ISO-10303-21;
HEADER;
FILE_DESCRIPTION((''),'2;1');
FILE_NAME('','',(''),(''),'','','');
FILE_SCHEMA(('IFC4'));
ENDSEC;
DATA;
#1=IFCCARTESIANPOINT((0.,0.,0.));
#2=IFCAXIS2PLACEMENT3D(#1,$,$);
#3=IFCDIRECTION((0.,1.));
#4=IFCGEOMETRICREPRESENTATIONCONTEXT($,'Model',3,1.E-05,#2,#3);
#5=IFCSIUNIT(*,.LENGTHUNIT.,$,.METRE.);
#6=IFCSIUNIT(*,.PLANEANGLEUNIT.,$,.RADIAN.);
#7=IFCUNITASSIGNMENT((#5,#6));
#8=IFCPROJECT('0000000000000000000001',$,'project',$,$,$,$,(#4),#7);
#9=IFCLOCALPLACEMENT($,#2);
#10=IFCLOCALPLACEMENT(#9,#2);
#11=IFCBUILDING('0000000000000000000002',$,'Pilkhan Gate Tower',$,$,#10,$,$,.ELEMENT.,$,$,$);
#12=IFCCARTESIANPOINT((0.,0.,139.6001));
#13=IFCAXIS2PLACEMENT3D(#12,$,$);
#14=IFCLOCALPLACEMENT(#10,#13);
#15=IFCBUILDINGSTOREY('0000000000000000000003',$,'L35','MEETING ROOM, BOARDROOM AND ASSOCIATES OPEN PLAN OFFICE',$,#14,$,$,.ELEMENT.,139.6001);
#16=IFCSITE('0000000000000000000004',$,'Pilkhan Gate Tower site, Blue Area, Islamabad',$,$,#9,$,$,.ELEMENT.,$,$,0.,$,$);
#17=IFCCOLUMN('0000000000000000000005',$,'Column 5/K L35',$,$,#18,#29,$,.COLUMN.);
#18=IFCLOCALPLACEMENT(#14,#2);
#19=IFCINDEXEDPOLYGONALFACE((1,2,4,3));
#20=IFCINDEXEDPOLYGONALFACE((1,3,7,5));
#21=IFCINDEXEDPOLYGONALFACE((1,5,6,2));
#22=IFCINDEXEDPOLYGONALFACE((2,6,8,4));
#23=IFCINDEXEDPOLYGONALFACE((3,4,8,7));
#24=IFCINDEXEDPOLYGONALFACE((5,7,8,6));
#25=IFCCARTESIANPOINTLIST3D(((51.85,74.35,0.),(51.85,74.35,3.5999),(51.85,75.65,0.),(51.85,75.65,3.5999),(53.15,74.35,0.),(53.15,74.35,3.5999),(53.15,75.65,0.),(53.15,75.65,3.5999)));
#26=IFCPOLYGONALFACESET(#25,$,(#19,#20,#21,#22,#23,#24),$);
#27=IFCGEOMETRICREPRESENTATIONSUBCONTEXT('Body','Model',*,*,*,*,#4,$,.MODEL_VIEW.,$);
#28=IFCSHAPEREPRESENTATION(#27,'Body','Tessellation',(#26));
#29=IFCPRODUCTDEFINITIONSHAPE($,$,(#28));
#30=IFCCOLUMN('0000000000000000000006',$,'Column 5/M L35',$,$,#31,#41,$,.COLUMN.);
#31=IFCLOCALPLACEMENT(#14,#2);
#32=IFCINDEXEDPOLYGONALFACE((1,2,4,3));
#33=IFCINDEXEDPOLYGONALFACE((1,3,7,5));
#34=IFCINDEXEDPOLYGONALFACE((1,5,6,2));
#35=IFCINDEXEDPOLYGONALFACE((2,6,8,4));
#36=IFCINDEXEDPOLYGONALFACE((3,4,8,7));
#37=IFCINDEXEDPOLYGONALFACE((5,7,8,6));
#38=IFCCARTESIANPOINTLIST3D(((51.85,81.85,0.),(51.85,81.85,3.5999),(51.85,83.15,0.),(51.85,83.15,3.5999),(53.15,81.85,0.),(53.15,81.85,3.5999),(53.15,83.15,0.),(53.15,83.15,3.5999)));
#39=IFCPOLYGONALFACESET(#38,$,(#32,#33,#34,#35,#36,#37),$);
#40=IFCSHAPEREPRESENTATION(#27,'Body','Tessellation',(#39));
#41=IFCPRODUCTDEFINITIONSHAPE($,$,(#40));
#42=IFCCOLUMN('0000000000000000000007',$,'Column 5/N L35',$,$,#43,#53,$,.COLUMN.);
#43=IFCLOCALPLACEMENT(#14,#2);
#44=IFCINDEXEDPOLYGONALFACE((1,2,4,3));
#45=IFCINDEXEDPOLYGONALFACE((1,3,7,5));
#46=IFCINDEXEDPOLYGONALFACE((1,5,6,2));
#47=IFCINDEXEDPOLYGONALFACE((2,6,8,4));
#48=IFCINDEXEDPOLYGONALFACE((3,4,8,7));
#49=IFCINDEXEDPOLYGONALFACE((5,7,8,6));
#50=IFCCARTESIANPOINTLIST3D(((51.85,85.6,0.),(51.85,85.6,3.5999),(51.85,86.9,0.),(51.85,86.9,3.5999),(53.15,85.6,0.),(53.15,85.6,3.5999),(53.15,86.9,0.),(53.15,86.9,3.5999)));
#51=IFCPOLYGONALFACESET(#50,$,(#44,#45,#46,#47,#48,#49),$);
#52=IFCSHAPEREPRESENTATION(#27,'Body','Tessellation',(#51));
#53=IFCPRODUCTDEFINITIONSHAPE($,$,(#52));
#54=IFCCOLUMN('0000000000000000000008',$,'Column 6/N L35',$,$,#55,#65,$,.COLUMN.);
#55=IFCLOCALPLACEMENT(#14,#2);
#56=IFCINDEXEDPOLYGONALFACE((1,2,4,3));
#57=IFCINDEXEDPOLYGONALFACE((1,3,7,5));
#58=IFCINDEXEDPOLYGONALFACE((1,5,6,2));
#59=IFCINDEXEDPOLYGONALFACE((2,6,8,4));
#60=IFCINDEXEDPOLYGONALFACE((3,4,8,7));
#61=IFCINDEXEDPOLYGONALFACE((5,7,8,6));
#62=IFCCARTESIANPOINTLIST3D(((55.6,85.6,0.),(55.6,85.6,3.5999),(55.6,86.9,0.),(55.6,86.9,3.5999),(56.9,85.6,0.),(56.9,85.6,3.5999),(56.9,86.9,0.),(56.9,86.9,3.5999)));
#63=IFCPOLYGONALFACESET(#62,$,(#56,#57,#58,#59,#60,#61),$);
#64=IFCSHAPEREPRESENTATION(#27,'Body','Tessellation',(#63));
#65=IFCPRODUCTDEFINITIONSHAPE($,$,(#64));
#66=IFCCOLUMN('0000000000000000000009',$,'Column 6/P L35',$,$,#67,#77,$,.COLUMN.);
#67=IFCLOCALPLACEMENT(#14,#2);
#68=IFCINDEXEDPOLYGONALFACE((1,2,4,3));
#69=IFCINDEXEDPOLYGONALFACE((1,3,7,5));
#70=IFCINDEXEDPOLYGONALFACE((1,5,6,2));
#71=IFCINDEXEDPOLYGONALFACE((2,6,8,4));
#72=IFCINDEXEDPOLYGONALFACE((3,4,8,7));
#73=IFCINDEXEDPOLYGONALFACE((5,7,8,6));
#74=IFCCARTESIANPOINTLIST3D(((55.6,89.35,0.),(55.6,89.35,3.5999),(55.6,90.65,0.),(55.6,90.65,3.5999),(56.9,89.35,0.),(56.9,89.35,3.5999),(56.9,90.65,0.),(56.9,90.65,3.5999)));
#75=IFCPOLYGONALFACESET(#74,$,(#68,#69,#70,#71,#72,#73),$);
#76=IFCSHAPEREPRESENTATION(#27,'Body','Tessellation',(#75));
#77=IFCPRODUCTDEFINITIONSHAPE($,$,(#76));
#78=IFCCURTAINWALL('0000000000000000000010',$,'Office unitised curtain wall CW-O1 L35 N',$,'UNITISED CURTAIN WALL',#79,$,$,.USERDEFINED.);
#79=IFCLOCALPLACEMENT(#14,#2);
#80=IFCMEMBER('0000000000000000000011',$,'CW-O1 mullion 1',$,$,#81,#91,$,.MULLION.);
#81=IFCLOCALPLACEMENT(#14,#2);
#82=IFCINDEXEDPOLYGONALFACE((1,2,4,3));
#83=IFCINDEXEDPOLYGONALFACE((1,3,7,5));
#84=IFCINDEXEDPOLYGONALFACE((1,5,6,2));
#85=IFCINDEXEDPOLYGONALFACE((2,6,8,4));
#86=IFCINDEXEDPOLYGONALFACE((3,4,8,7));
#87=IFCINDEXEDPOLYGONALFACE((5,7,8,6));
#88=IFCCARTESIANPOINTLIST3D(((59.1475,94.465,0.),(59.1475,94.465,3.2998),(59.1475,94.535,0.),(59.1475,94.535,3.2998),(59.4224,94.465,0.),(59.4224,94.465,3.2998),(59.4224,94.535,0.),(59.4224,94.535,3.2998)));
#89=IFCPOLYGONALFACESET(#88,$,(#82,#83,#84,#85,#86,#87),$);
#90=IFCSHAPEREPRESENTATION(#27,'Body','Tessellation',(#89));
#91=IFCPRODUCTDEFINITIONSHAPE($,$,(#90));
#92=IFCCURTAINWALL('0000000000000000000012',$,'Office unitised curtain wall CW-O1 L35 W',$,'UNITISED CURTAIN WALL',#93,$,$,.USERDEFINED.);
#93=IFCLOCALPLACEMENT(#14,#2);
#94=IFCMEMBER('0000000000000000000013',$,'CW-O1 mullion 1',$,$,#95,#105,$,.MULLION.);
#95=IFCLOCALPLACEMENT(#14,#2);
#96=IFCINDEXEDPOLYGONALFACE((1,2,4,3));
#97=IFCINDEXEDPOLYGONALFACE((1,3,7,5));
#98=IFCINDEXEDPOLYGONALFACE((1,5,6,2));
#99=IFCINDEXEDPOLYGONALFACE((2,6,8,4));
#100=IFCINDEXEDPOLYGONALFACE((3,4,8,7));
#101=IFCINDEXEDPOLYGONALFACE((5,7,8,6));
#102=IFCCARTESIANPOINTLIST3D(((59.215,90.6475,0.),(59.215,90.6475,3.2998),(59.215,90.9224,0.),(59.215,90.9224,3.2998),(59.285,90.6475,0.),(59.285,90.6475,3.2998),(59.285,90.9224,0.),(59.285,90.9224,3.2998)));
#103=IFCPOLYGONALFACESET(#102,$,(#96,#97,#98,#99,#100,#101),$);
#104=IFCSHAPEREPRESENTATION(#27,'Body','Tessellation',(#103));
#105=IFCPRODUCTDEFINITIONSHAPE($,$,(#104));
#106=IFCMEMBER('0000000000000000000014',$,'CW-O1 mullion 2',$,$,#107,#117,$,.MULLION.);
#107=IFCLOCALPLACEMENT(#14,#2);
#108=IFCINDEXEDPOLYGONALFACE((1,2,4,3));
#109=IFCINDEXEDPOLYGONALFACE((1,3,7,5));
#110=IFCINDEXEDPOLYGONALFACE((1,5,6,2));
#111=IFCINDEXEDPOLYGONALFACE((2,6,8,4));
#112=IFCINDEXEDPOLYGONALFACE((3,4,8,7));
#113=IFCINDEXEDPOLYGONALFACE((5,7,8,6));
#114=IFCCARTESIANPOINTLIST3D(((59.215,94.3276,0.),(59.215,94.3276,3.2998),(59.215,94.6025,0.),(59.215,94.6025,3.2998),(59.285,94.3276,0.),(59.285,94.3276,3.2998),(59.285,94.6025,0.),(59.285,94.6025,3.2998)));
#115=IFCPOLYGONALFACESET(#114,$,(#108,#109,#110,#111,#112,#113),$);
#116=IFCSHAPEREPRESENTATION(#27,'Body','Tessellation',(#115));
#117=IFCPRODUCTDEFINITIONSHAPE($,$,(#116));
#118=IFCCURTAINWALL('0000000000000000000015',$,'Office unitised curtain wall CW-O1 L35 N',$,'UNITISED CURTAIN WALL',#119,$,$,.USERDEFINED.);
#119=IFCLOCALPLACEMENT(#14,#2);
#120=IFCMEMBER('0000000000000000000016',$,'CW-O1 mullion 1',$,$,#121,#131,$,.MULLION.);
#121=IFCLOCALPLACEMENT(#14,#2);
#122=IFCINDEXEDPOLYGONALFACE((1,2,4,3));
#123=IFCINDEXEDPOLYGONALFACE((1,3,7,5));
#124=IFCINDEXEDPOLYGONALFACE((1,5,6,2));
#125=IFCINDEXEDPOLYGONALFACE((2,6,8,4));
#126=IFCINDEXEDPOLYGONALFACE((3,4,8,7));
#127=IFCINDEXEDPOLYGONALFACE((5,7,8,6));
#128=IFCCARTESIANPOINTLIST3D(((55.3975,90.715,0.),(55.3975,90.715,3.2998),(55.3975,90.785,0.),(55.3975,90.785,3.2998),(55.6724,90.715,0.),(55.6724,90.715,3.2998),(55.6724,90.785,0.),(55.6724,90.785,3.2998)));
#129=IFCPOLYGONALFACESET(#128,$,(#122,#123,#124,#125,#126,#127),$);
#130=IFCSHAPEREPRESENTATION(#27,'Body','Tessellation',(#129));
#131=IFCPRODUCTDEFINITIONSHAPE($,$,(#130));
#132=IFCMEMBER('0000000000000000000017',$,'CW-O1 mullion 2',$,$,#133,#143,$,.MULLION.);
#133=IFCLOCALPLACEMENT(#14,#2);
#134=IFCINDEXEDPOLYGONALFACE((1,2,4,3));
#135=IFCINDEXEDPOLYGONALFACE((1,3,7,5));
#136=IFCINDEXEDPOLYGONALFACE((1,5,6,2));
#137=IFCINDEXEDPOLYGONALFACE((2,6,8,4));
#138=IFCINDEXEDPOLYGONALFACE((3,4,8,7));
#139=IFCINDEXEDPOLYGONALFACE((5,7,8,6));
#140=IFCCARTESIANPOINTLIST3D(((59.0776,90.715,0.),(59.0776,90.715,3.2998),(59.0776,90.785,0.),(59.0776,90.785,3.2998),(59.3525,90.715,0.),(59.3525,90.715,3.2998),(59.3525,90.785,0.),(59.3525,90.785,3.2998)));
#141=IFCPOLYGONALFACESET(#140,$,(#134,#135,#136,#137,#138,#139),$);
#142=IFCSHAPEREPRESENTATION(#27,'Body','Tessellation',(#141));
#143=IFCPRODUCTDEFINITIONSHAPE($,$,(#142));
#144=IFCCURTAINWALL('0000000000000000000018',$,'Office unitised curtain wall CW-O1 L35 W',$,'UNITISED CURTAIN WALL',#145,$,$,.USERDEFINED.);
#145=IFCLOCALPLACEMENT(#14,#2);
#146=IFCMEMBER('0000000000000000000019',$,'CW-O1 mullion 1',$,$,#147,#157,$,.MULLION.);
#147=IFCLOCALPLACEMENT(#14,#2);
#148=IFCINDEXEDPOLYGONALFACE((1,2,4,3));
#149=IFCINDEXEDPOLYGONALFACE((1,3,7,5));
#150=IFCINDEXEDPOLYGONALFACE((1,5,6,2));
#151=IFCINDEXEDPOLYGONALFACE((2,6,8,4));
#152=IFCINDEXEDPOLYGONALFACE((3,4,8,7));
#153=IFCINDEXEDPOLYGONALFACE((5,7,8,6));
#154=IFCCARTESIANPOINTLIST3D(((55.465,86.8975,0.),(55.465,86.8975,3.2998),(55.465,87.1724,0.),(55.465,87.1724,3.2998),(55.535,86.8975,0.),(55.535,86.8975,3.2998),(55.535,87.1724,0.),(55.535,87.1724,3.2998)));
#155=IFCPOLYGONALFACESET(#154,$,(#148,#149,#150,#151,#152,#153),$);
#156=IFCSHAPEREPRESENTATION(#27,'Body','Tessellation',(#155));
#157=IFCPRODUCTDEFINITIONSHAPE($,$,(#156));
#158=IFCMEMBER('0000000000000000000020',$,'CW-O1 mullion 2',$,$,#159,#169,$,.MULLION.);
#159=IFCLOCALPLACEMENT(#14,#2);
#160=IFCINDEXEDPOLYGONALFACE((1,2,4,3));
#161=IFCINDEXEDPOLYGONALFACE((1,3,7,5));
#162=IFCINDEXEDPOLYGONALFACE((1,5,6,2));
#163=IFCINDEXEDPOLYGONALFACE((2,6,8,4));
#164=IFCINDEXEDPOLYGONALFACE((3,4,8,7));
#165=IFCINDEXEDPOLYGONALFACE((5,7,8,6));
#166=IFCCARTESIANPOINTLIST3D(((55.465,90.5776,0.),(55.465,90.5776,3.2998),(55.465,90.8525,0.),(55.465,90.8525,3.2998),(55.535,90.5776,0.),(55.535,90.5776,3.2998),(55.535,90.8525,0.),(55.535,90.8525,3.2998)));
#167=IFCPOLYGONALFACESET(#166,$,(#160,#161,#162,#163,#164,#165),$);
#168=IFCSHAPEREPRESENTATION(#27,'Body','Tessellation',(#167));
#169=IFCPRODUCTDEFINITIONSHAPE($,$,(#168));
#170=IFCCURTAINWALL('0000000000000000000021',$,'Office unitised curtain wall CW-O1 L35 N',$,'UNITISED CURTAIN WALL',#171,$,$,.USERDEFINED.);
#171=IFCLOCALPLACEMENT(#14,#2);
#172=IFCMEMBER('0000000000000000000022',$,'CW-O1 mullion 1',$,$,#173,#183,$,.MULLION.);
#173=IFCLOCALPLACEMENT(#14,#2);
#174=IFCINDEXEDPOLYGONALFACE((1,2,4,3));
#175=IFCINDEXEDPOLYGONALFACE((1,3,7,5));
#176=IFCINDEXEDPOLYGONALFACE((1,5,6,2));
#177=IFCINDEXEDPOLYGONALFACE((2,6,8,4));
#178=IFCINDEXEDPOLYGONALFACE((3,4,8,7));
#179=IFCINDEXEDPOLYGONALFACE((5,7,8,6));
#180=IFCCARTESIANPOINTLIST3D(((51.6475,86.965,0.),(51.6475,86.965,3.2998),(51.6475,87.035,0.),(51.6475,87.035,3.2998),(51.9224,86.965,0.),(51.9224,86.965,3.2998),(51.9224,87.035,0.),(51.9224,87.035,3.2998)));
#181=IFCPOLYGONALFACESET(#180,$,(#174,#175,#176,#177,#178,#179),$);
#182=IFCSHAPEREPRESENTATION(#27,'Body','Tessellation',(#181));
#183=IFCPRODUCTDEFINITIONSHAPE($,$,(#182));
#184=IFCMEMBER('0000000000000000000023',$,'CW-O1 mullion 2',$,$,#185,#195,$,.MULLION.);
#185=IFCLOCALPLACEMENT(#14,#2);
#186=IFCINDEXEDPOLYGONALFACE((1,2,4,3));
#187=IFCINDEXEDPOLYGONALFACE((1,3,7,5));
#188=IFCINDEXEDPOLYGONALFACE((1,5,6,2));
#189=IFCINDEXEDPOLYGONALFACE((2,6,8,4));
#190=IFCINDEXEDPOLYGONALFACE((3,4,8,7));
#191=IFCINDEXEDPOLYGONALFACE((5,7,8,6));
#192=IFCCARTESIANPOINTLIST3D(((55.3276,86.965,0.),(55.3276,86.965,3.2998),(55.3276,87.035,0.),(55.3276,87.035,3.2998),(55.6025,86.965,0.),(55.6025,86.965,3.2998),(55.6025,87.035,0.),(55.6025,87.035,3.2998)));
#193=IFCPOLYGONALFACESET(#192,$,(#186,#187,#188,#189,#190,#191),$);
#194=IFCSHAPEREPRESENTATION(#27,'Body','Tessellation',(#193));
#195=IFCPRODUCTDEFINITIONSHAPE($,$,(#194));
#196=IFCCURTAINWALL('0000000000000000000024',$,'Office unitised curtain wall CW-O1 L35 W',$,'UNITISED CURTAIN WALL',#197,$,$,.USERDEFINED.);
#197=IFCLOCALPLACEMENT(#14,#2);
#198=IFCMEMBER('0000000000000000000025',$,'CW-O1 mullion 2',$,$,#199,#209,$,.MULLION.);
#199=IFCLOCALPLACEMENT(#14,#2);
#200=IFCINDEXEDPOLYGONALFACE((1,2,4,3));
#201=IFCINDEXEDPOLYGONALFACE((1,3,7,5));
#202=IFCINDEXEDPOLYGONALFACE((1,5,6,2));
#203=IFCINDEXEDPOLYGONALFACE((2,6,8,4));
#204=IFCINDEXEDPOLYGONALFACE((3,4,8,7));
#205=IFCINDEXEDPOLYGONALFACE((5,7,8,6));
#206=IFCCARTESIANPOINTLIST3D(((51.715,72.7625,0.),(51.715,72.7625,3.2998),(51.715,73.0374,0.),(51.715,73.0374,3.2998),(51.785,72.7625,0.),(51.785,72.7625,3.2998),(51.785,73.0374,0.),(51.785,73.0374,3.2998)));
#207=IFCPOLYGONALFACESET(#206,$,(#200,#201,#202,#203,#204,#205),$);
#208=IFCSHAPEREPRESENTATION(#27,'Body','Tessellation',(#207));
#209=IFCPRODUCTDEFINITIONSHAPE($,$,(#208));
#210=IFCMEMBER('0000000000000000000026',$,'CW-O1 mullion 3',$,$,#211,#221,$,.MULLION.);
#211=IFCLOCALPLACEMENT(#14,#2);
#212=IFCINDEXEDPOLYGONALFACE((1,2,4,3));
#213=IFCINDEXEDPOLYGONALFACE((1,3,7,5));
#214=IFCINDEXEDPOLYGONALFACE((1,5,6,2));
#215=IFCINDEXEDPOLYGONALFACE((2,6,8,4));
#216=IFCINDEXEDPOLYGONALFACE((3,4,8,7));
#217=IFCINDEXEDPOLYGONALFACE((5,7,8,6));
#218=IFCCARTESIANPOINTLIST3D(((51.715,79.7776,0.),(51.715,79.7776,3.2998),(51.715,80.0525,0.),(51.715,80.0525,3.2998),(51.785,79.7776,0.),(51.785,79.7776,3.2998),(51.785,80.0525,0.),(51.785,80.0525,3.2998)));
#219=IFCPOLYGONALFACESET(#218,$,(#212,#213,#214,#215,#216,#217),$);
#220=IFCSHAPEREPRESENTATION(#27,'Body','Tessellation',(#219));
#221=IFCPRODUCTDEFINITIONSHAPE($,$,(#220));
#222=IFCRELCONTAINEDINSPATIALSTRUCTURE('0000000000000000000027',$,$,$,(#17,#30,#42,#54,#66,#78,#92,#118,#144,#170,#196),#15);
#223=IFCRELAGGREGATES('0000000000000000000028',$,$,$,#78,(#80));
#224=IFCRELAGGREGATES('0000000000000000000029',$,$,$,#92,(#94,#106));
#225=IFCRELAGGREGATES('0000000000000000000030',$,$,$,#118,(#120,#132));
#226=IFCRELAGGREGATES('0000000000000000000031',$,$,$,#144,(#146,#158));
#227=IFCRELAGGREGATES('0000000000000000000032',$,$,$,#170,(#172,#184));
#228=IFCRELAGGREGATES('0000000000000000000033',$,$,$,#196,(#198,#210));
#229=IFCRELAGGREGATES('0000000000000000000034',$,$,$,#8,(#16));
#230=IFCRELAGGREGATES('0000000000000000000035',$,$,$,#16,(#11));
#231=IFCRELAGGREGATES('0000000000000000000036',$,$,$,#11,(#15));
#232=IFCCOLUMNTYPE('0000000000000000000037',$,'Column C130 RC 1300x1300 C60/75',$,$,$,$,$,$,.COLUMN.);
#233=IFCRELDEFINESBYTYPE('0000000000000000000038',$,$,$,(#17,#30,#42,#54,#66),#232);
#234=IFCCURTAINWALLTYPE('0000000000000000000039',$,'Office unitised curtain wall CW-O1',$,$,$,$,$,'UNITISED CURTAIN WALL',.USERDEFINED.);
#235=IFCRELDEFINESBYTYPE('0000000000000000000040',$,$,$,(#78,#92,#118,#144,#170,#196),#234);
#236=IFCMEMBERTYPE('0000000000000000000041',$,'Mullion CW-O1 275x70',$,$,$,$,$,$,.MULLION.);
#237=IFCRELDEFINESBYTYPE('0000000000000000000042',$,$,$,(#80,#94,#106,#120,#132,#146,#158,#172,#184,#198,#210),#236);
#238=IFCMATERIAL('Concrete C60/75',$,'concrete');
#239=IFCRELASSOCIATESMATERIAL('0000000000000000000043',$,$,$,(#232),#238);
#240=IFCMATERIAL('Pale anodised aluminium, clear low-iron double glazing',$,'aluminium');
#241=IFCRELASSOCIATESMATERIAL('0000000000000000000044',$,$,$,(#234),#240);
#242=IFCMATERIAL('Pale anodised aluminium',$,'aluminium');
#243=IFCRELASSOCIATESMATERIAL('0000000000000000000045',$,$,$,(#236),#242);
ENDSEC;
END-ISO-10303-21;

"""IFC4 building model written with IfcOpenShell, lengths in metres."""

from ifc_helpers import new_model, si_unit, direction, frame, origin, origin_2d, place, context, subcontext, project, spatial, rectangle, extrude, material, material_profile, profile_set, type_object, element, aggregate, save


model = new_model("IFC4")

# Units and contexts
model_context = context("Model", 3, precision=1e-05, world=origin(), true_north=direction((0.0, 1.0)))
body_context = subcontext(model_context, "Body", "Model", "MODEL_VIEW")
ifc_project = project(units=[si_unit("LENGTHUNIT", "METRE"), si_unit("PLANEANGLEUNIT", "RADIAN")], contexts=[model_context])

# Site, building, storey
site_placement = place(None, origin())
site = spatial("IfcSite", under=ifc_project, at=site_placement, Name="Pilkhan Gate Tower site, Blue Area, Islamabad", CompositionType="ELEMENT", RefElevation=0.0)
building_placement = place(site_placement, origin())
building = spatial("IfcBuilding", under=site, at=building_placement, Name="Pilkhan Gate Tower", CompositionType="ELEMENT")
storey_placement = place(building_placement, frame((0.0, 0.0, 139.6001)))
storey = spatial("IfcBuildingStorey", under=building, at=storey_placement, Name="L35", Description="MEETING ROOM, BOARDROOM AND ASSOCIATES OPEN PLAN OFFICE", CompositionType="ELEMENT", Elevation=139.6001)

# Columns
ifc_material_1 = material(Name="Concrete C60/75", Category="concrete")
ifc_material_profile_1 = material_profile(ifc_material_1, rectangle(XDim=1.3, YDim=1.3, at=origin_2d()), Name="RC 1300x1300")
ifc_profile_set_1 = profile_set([ifc_material_profile_1], Name="Concrete C60/75")
column_type = type_object("IfcColumnType", Name="Column C130 RC 1300x1300 C60/75", PredefinedType="COLUMN", material=ifc_profile_set_1)
for number, where, z_axis, x_axis, name in (
    (1, (52.5, 75.0, 0.0), (0.0, 0.0, 1.0), (1.0, 0.0, 0.0), "Column 5/K L35"),
    (2, (52.5, 82.5, 0.0), (0.0, 0.0, 1.0), (1.0, 0.0, 0.0), "Column 5/M L35"),
    (3, (52.5, 86.25, 0.0), (0.0, 0.0, 1.0), (1.0, 0.0, 0.0), "Column 5/N L35"),
    (4, (56.25, 86.25, 0.0), (0.0, 0.0, 1.0), (1.0, 0.0, 0.0), "Column 6/N L35"),
    (5, (56.25, 90.0, 0.0), (0.0, 0.0, 1.0), (1.0, 0.0, 0.0), "Column 6/P L35"),
):
    element("IfcColumn", number, at=place(storey_placement, frame(where, z_axis=z_axis, x_axis=x_axis)), inside=storey, type_object=column_type, Name=name, PredefinedType="COLUMN", context=body_context, shape_type="SweptSolid", body=[
        extrude(rectangle(XDim=1.3, YDim=1.3, at=origin_2d()), origin(), (0.0, 0.0, 1.0), 3.5999),
    ])

# Curtain wall, member
ifc_material_2 = material(Name="Pale anodised aluminium, clear low-iron double glazing", Category="aluminium")
curtain_wall_type = type_object("IfcCurtainWallType", Name="Office unitised curtain wall CW-O1", ElementType="UNITISED CURTAIN WALL", PredefinedType="USERDEFINED", material=ifc_material_2)
curtain_wall_1_placement = place(storey_placement, origin())
curtain_wall_1 = element("IfcCurtainWall", 6, at=curtain_wall_1_placement, inside=storey, type_object=curtain_wall_type, Name="Office unitised curtain wall CW-O1 L35 N", ObjectType="UNITISED CURTAIN WALL", PredefinedType="USERDEFINED")
ifc_material_3 = material(Name="Pale anodised aluminium", Category="aluminium")
ifc_material_profile_2 = material_profile(ifc_material_3, rectangle(XDim=0.0701, YDim=0.2749, at=origin_2d()), Name="Mullion 275x70")
ifc_profile_set_2 = profile_set([ifc_material_profile_2], Name="Pale anodised aluminium")
member_type_1 = type_object("IfcMemberType", Name="Mullion CW-O1 275x70", PredefinedType="MULLION", material=ifc_profile_set_2)
member_1_placement = place(storey_placement, frame((59.2849, 94.5, 0.0), z_axis=(0.0, 0.0, 1.0), x_axis=(0.0, 1.0, 0.0)))
member_1 = element("IfcMember", 7, at=member_1_placement, type_object=member_type_1, Name="CW-O1 mullion 1", PredefinedType="MULLION", context=body_context, shape_type="SweptSolid", body=[
    extrude(rectangle(XDim=0.0701, YDim=0.2749, at=origin_2d()), origin(), (0.0, 0.0, 1.0), 3.2998),
])

# Curtain walls, members
curtain_wall_2_placement = place(storey_placement, origin())
curtain_wall_2 = element("IfcCurtainWall", 8, at=curtain_wall_2_placement, inside=storey, type_object=curtain_wall_type, Name="Office unitised curtain wall CW-O1 L35 W", ObjectType="UNITISED CURTAIN WALL", PredefinedType="USERDEFINED")
member_2_placement = place(storey_placement, frame((59.25, 90.7849, 0.0), z_axis=(0.0, 0.0, 1.0), x_axis=(-1.0, 0.0, 0.0)))
member_2 = element("IfcMember", 9, at=member_2_placement, type_object=member_type_1, Name="CW-O1 mullion 1", PredefinedType="MULLION", context=body_context, shape_type="SweptSolid", body=[
    extrude(rectangle(XDim=0.0701, YDim=0.2749, at=origin_2d()), origin(), (0.0, 0.0, 1.0), 3.2998),
])
member_3_placement = place(storey_placement, frame((59.25, 94.4651, 0.0), z_axis=(0.0, 0.0, 1.0), x_axis=(-1.0, 0.0, 0.0)))
member_3 = element("IfcMember", 10, at=member_3_placement, type_object=member_type_1, Name="CW-O1 mullion 2", PredefinedType="MULLION", context=body_context, shape_type="SweptSolid", body=[
    extrude(rectangle(XDim=0.0701, YDim=0.2749, at=origin_2d()), origin(), (0.0, 0.0, 1.0), 3.2998),
])
curtain_wall_3_placement = place(storey_placement, origin())
curtain_wall_3 = element("IfcCurtainWall", 11, at=curtain_wall_3_placement, inside=storey, type_object=curtain_wall_type, Name="Office unitised curtain wall CW-O1 L35 N", ObjectType="UNITISED CURTAIN WALL", PredefinedType="USERDEFINED")
member_4_placement = place(storey_placement, frame((55.5349, 90.75, 0.0), z_axis=(0.0, 0.0, 1.0), x_axis=(0.0, 1.0, 0.0)))
member_4 = element("IfcMember", 12, at=member_4_placement, type_object=member_type_1, Name="CW-O1 mullion 1", PredefinedType="MULLION", context=body_context, shape_type="SweptSolid", body=[
    extrude(rectangle(XDim=0.0701, YDim=0.2749, at=origin_2d()), origin(), (0.0, 0.0, 1.0), 3.2998),
])
member_5_placement = place(storey_placement, frame((59.2151, 90.75, 0.0), z_axis=(0.0, 0.0, 1.0), x_axis=(0.0, 1.0, 0.0)))
member_5 = element("IfcMember", 13, at=member_5_placement, type_object=member_type_1, Name="CW-O1 mullion 2", PredefinedType="MULLION", context=body_context, shape_type="SweptSolid", body=[
    extrude(rectangle(XDim=0.0701, YDim=0.2749, at=origin_2d()), origin(), (0.0, 0.0, 1.0), 3.2998),
])
curtain_wall_4_placement = place(storey_placement, origin())
curtain_wall_4 = element("IfcCurtainWall", 14, at=curtain_wall_4_placement, inside=storey, type_object=curtain_wall_type, Name="Office unitised curtain wall CW-O1 L35 W", ObjectType="UNITISED CURTAIN WALL", PredefinedType="USERDEFINED")
member_6_placement = place(storey_placement, frame((55.5, 87.0349, 0.0), z_axis=(0.0, 0.0, 1.0), x_axis=(-1.0, 0.0, 0.0)))
member_6 = element("IfcMember", 15, at=member_6_placement, type_object=member_type_1, Name="CW-O1 mullion 1", PredefinedType="MULLION", context=body_context, shape_type="SweptSolid", body=[
    extrude(rectangle(XDim=0.0701, YDim=0.2749, at=origin_2d()), origin(), (0.0, 0.0, 1.0), 3.2998),
])
member_7_placement = place(storey_placement, frame((55.5, 90.7151, 0.0), z_axis=(0.0, 0.0, 1.0), x_axis=(-1.0, 0.0, 0.0)))
member_7 = element("IfcMember", 16, at=member_7_placement, type_object=member_type_1, Name="CW-O1 mullion 2", PredefinedType="MULLION", context=body_context, shape_type="SweptSolid", body=[
    extrude(rectangle(XDim=0.0701, YDim=0.2749, at=origin_2d()), origin(), (0.0, 0.0, 1.0), 3.2998),
])
curtain_wall_5_placement = place(storey_placement, origin())
curtain_wall_5 = element("IfcCurtainWall", 17, at=curtain_wall_5_placement, inside=storey, type_object=curtain_wall_type, Name="Office unitised curtain wall CW-O1 L35 N", ObjectType="UNITISED CURTAIN WALL", PredefinedType="USERDEFINED")
member_8_placement = place(storey_placement, frame((51.7849, 87.0, 0.0), z_axis=(0.0, 0.0, 1.0), x_axis=(0.0, 1.0, 0.0)))
member_8 = element("IfcMember", 18, at=member_8_placement, type_object=member_type_1, Name="CW-O1 mullion 1", PredefinedType="MULLION", context=body_context, shape_type="SweptSolid", body=[
    extrude(rectangle(XDim=0.0701, YDim=0.2749, at=origin_2d()), origin(), (0.0, 0.0, 1.0), 3.2998),
])
member_9_placement = place(storey_placement, frame((55.4651, 87.0, 0.0), z_axis=(0.0, 0.0, 1.0), x_axis=(0.0, 1.0, 0.0)))
member_9 = element("IfcMember", 19, at=member_9_placement, type_object=member_type_1, Name="CW-O1 mullion 2", PredefinedType="MULLION", context=body_context, shape_type="SweptSolid", body=[
    extrude(rectangle(XDim=0.0701, YDim=0.2749, at=origin_2d()), origin(), (0.0, 0.0, 1.0), 3.2998),
])
curtain_wall_6_placement = place(storey_placement, origin())
curtain_wall_6 = element("IfcCurtainWall", 20, at=curtain_wall_6_placement, inside=storey, type_object=curtain_wall_type, Name="Office unitised curtain wall CW-O1 L35 W", ObjectType="UNITISED CURTAIN WALL", PredefinedType="USERDEFINED")
member_10_placement = place(storey_placement, frame((51.75, 72.8999, 0.0), z_axis=(0.0, 0.0, 1.0), x_axis=(-1.0, 0.0, 0.0)))
member_10 = element("IfcMember", 21, at=member_10_placement, type_object=member_type_1, Name="CW-O1 mullion 2", PredefinedType="MULLION", context=body_context, shape_type="SweptSolid", body=[
    extrude(rectangle(XDim=0.0701, YDim=0.2749, at=origin_2d()), origin(), (0.0, 0.0, 1.0), 3.2998),
])
member_11_placement = place(storey_placement, frame((51.75, 79.915, 0.0), z_axis=(0.0, 0.0, 1.0), x_axis=(-1.0, 0.0, 0.0)))
member_11 = element("IfcMember", 22, at=member_11_placement, type_object=member_type_1, Name="CW-O1 mullion 3", PredefinedType="MULLION", context=body_context, shape_type="SweptSolid", body=[
    extrude(rectangle(XDim=0.0701, YDim=0.2749, at=origin_2d()), origin(), (0.0, 0.0, 1.0), 3.2998),
])

aggregate(curtain_wall_1, [member_1])

aggregate(curtain_wall_2, [member_2, member_3])
aggregate(curtain_wall_3, [member_4, member_5])
aggregate(curtain_wall_4, [member_6, member_7])
aggregate(curtain_wall_5, [member_8, member_9])
aggregate(curtain_wall_6, [member_10, member_11])

save(model, "model.ifc")
